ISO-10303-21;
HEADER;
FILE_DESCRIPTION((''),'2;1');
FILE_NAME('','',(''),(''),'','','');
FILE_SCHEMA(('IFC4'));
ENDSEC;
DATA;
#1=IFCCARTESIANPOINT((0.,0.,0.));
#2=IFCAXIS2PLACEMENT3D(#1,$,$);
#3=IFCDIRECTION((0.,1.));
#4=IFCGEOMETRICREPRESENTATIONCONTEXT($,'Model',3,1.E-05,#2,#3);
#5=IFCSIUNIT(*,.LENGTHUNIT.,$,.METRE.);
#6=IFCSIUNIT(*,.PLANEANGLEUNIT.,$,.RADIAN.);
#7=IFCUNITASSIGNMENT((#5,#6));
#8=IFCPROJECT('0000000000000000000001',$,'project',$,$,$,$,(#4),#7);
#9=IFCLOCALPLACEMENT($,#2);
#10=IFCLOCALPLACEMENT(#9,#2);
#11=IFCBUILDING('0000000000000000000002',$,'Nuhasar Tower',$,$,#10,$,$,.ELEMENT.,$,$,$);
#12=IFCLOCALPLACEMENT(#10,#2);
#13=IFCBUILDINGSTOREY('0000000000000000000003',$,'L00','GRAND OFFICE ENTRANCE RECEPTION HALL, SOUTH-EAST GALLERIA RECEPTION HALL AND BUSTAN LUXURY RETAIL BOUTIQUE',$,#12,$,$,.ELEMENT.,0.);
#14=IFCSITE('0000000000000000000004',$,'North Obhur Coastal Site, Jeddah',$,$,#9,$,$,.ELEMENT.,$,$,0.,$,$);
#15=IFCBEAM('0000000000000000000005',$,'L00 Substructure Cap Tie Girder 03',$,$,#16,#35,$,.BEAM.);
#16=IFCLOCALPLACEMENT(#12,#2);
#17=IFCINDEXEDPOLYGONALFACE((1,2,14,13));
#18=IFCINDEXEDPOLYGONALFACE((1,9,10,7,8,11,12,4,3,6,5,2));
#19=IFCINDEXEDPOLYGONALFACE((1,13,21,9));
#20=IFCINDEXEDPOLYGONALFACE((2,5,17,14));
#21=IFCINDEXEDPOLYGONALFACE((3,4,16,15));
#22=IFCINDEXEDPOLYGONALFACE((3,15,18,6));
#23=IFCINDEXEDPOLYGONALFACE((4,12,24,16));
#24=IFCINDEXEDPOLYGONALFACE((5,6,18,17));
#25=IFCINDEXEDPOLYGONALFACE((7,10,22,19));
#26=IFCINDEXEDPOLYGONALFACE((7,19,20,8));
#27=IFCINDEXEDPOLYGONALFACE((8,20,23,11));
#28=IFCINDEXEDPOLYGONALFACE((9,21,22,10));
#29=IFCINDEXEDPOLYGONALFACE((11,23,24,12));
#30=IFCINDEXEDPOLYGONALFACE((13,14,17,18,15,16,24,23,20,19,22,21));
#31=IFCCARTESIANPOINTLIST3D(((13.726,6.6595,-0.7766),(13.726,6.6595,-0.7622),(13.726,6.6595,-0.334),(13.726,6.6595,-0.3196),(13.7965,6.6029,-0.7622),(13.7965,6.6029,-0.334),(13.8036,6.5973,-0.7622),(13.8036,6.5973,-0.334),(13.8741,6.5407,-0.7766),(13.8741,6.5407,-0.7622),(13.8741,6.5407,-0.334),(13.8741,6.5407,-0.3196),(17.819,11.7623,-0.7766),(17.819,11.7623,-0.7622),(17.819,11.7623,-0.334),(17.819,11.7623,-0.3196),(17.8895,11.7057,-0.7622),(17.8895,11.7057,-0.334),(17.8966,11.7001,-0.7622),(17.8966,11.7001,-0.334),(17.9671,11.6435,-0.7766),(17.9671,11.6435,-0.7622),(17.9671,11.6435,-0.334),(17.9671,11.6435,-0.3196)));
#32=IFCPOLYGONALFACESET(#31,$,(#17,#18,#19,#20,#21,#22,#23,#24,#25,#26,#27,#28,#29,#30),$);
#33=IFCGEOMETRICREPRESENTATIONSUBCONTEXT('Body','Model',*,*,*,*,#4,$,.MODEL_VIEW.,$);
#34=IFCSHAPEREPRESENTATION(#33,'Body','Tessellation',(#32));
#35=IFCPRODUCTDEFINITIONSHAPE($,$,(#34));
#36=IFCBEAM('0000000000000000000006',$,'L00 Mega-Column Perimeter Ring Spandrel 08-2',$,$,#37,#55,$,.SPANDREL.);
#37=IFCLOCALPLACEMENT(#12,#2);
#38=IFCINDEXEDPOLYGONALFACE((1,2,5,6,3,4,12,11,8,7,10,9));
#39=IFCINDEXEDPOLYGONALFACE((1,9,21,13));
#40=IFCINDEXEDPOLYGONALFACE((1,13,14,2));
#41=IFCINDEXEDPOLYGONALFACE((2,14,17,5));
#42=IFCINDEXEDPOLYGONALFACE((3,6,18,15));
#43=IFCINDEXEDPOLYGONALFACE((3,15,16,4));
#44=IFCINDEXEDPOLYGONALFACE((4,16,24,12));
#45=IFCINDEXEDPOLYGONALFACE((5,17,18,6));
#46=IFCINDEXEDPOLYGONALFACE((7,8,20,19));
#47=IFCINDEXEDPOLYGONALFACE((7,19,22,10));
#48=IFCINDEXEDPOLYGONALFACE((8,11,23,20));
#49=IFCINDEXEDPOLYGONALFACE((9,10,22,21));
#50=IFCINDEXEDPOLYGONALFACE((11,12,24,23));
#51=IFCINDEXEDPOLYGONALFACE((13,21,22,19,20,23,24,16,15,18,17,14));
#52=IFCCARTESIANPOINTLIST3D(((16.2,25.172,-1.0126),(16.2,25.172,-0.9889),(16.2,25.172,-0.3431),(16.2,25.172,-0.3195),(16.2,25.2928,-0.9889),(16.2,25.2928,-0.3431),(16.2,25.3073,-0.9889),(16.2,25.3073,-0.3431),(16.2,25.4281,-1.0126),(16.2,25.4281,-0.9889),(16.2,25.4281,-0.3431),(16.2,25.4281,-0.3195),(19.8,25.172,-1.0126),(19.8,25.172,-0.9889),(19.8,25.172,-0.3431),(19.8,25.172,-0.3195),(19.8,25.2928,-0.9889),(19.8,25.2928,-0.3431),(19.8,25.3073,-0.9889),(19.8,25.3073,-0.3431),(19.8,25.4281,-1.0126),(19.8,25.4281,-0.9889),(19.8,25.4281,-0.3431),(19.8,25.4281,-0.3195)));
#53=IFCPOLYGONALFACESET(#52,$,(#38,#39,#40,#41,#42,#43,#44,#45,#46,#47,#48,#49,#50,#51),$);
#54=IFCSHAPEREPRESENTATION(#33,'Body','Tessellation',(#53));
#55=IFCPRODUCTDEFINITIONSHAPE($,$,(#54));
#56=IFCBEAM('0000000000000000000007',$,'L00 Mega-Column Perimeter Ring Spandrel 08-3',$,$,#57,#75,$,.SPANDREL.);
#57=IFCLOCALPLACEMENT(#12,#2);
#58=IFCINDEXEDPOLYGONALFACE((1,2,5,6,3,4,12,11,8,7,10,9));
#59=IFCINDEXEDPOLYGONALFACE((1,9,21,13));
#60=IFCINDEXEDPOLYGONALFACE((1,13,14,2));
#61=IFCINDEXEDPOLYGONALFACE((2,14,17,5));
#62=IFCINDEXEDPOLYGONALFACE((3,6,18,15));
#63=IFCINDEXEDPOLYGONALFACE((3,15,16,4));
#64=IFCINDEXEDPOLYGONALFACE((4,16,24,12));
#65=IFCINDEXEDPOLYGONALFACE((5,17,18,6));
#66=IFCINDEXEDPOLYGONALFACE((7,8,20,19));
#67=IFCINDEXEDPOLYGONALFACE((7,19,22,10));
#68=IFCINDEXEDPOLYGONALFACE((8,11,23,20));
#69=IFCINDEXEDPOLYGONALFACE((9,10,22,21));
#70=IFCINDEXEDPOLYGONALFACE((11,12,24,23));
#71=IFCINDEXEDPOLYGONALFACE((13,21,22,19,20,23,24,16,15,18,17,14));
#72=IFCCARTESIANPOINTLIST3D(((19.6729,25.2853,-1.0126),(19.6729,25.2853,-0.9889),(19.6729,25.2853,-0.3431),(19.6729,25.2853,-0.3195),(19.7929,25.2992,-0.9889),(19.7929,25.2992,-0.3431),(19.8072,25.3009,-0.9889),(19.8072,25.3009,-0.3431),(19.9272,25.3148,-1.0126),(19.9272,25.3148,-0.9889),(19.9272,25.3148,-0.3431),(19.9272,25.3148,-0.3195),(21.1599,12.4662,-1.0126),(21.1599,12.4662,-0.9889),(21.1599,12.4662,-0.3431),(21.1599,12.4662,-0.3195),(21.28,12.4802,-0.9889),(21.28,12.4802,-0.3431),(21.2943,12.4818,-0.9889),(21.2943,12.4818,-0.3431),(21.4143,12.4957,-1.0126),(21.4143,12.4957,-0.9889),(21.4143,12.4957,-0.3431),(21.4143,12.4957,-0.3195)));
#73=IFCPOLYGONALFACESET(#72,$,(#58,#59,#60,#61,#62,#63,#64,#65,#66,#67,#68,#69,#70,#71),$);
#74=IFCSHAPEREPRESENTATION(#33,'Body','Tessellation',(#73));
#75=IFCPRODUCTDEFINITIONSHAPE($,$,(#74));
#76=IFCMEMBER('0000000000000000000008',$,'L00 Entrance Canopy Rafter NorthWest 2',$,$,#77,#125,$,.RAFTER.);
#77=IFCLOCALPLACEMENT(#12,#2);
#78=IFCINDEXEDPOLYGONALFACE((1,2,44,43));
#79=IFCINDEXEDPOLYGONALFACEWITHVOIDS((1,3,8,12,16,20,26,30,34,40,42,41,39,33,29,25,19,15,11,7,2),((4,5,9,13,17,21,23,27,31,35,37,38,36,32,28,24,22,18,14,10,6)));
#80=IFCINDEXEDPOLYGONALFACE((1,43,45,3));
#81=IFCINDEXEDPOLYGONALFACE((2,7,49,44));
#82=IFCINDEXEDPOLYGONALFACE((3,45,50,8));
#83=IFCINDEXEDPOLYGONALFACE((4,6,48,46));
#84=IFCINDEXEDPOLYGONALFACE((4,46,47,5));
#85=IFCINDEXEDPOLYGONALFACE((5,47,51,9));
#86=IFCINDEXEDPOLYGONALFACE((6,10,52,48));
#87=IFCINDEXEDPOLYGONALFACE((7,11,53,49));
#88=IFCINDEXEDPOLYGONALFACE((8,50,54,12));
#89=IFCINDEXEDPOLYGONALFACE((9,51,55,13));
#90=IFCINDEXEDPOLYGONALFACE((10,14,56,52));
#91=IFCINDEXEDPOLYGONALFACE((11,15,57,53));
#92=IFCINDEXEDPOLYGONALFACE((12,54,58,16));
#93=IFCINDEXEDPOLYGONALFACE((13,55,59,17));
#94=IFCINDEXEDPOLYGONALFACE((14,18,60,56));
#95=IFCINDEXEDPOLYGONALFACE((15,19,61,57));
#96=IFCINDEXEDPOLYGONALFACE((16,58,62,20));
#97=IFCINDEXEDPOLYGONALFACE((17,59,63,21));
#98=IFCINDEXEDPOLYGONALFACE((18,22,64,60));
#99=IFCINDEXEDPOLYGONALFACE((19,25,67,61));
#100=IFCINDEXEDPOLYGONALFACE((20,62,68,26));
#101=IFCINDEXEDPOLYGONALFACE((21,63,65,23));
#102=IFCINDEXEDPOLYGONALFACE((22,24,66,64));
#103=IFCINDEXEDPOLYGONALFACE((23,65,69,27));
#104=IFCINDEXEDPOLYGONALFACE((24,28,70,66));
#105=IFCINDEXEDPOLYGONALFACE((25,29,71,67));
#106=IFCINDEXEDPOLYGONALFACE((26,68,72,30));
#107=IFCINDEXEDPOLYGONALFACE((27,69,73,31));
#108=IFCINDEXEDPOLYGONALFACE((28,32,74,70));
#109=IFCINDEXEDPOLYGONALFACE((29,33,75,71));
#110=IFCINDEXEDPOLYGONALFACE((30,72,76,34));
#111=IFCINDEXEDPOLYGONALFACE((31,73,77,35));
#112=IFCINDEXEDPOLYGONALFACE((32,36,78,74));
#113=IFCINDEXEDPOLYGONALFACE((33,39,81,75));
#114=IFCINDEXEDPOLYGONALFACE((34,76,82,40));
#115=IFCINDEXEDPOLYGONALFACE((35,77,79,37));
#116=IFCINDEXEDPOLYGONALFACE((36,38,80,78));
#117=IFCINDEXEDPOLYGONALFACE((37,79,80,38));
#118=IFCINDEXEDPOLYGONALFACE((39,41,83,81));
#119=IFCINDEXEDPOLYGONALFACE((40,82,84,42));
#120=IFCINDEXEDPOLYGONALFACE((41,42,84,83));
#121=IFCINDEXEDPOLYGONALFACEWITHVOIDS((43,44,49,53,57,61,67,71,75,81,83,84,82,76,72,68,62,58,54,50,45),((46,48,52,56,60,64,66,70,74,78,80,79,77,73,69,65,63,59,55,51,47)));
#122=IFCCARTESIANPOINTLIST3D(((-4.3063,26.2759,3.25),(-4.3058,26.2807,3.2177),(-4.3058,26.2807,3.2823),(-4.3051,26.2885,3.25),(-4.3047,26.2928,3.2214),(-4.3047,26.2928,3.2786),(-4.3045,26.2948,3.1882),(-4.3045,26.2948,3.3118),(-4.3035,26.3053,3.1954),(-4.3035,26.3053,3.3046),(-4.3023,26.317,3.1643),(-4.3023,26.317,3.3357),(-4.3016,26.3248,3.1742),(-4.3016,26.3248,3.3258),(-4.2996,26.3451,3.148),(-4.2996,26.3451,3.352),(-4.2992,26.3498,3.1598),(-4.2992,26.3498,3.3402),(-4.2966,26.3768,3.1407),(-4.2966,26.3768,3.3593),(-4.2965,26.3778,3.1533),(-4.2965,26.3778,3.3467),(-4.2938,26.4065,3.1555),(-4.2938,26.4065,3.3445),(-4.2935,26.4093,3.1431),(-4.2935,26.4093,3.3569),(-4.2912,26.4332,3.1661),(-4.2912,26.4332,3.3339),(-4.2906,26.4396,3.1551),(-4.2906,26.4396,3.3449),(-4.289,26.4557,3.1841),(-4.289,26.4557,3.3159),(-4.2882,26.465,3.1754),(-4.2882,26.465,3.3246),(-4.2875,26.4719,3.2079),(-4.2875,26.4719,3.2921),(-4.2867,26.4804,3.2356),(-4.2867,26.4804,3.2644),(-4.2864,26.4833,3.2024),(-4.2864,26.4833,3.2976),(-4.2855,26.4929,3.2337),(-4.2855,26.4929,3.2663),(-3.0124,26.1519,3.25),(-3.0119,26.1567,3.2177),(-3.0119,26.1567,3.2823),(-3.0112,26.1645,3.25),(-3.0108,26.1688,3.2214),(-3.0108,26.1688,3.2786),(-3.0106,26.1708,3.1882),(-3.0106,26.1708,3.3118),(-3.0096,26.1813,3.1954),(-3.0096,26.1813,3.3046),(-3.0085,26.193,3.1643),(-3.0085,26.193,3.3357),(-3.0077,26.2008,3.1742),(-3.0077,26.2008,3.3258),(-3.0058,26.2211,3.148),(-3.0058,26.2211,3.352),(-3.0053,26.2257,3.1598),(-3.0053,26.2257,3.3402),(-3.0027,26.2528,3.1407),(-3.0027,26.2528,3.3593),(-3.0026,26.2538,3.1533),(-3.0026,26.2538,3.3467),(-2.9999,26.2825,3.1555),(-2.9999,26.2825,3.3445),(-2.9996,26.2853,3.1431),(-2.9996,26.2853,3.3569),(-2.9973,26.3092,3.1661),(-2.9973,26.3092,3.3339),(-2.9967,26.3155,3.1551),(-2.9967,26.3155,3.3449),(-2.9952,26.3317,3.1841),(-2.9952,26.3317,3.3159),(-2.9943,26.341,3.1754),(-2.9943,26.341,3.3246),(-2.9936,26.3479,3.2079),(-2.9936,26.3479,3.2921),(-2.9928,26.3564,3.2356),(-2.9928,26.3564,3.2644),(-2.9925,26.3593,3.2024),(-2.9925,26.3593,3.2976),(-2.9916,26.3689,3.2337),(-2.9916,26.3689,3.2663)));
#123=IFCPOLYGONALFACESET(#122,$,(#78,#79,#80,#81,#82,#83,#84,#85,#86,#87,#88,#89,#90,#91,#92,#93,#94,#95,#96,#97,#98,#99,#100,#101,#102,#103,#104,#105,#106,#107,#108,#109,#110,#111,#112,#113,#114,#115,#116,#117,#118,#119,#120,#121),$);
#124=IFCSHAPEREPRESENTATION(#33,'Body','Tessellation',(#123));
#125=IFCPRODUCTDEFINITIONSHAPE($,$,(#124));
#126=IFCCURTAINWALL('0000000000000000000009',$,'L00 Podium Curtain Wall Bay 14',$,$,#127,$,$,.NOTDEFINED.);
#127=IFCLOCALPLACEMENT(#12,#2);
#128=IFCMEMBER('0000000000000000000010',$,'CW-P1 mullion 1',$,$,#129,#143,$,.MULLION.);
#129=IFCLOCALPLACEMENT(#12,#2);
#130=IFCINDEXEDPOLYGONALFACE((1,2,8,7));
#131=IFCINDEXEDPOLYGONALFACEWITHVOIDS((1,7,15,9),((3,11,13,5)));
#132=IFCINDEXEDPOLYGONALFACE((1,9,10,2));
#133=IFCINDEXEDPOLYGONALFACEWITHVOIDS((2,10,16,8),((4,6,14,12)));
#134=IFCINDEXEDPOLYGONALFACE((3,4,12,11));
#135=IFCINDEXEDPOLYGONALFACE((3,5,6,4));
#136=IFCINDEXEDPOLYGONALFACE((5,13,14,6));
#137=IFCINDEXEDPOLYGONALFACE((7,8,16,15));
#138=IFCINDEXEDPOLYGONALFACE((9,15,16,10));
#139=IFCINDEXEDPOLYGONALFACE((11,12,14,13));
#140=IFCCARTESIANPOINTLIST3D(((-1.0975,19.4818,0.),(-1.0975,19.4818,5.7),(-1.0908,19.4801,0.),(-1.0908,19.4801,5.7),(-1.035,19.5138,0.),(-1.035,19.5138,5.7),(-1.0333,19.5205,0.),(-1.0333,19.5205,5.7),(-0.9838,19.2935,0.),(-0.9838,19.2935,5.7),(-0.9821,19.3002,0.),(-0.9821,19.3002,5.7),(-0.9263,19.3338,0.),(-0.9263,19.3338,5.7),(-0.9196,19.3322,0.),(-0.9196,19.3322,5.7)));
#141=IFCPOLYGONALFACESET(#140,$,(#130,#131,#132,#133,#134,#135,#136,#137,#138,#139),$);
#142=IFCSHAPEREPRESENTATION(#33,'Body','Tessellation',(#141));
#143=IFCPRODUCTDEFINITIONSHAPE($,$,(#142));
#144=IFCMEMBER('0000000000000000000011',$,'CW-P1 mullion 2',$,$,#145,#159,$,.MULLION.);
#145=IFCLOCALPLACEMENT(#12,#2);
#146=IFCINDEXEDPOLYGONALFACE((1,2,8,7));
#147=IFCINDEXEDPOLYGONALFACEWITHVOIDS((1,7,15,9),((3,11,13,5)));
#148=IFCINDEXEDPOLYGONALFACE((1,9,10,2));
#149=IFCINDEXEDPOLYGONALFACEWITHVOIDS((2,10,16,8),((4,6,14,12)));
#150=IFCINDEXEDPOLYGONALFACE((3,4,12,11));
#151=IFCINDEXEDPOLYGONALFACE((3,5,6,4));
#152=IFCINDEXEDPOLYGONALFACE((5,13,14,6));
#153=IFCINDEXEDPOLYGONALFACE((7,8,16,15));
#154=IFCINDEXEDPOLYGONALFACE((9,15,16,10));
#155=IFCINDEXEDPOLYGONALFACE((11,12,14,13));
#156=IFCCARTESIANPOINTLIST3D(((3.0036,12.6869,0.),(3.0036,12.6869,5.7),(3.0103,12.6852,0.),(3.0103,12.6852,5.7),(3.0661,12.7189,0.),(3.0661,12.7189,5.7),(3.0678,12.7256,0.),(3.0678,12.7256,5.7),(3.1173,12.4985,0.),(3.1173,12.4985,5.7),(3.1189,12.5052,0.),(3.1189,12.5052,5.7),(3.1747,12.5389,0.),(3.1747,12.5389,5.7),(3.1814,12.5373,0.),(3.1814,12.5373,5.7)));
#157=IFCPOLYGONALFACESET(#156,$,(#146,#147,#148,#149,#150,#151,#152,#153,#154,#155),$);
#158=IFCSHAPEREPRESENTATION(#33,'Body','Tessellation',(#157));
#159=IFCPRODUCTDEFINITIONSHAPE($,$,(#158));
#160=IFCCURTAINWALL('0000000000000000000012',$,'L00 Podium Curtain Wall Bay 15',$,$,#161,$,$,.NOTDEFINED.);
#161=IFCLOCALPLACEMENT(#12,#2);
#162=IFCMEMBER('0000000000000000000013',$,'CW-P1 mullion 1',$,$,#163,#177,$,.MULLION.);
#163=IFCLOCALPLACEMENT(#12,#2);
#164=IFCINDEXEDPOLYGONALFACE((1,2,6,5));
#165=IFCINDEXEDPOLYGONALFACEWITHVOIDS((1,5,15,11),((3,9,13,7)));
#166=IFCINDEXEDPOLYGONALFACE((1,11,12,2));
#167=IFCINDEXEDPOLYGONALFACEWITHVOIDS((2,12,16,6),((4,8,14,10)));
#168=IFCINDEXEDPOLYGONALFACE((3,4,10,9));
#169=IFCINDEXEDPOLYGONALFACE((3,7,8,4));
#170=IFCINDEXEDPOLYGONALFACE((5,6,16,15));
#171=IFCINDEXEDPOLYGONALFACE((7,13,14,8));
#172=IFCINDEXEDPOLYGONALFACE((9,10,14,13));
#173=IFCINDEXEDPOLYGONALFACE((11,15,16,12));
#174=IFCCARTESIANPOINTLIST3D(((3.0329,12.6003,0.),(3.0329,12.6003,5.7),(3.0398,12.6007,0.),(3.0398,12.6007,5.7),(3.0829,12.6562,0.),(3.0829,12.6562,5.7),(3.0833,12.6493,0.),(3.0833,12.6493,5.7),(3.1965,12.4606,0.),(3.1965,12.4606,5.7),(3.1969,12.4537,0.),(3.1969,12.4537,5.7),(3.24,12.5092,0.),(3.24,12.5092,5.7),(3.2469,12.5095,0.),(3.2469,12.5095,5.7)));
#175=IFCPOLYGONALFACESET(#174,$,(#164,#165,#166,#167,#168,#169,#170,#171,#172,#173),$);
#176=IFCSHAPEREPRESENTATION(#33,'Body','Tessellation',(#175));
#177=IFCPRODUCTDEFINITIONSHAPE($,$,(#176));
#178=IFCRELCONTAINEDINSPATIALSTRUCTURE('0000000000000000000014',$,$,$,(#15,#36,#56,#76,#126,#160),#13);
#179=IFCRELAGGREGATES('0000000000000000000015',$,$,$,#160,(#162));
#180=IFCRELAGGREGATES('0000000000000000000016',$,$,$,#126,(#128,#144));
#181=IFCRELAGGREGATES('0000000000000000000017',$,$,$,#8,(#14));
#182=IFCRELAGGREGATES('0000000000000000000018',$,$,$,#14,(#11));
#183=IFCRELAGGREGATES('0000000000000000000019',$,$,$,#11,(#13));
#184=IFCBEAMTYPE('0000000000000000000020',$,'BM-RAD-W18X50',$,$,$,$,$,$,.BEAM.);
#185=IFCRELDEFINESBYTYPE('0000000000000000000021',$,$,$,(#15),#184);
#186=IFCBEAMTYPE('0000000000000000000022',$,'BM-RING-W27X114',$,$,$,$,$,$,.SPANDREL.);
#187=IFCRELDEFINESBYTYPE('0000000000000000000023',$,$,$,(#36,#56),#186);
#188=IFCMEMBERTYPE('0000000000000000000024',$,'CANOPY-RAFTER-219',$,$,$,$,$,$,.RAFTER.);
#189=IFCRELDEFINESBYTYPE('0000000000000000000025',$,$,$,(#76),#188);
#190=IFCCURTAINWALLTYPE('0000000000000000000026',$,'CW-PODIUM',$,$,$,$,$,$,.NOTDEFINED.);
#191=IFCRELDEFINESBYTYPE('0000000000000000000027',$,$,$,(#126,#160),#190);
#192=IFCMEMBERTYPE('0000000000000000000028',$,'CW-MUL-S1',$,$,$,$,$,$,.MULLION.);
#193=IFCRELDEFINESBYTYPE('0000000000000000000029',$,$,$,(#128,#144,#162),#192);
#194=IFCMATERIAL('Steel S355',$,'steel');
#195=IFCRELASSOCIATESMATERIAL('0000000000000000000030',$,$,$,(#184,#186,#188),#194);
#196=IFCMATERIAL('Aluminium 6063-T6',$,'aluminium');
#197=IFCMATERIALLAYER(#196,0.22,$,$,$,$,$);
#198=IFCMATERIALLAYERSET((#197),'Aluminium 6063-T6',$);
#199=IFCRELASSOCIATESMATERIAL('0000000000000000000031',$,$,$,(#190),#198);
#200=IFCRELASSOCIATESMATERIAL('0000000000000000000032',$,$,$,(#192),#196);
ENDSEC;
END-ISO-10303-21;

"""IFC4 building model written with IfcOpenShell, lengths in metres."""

from ifc_helpers import new_model, si_unit, direction, frame, origin, origin_2d, place, context, subcontext, project, spatial, hollow_rectangle, hollow_circle, i_section, extrude, material, layer, layer_set, material_profile, profile_set, type_object, element, aggregate, save


model = new_model("IFC4")

# Units and contexts
model_context = context("Model", 3, precision=1e-05, world=origin(), true_north=direction((0.0, 1.0)))
body_context = subcontext(model_context, "Body", "Model", "MODEL_VIEW")
ifc_project = project(units=[si_unit("LENGTHUNIT", "METRE"), si_unit("PLANEANGLEUNIT", "RADIAN")], contexts=[model_context])

# Site, building, storey
site_placement = place(None, origin())
site = spatial("IfcSite", under=ifc_project, at=site_placement, Name="North Obhur Coastal Site, Jeddah", CompositionType="ELEMENT", RefElevation=0.0)
building_placement = place(site_placement, origin())
building = spatial("IfcBuilding", under=site, at=building_placement, Name="Nuhasar Tower", CompositionType="ELEMENT")
storey_placement = place(building_placement, origin())
storey = spatial("IfcBuildingStorey", under=building, at=storey_placement, Name="L00", Description="GRAND OFFICE ENTRANCE RECEPTION HALL, SOUTH-EAST GALLERIA RECEPTION HALL AND BUSTAN LUXURY RETAIL BOUTIQUE", CompositionType="ELEMENT", Elevation=0.0)

# Beams
ifc_material_1 = material(Name="Steel S355", Category="steel")
ifc_material_profile_1 = material_profile(ifc_material_1, i_section(OverallWidth=0.1899, OverallDepth=0.457, WebThickness=0.009, FlangeThickness=0.0144, at=origin_2d()), Name="W18X50")
ifc_profile_set_1 = profile_set([ifc_material_profile_1], Name="Steel S355")
beam_type_1 = type_object("IfcBeamType", Name="BM-RAD-W18X50", PredefinedType="BEAM", material=ifc_profile_set_1)
beam_1_placement = place(storey_placement, frame((17.8931, 11.7029, -0.5481), z_axis=(-0.6257, -0.780063, 0.0), x_axis=(0.780063, -0.6257, 0.0)))
element("IfcBeam", 1, at=beam_1_placement, inside=storey, type_object=beam_type_1, Name="L00 Substructure Cap Tie Girder 03", PredefinedType="BEAM", context=body_context, shape_type="SweptSolid", body=[
    extrude(i_section(OverallWidth=0.1899, OverallDepth=0.457, WebThickness=0.009, FlangeThickness=0.0144, at=origin_2d()), origin(), (0.0, 0.0, 1.0), 6.5415),
])
ifc_material_profile_2 = material_profile(ifc_material_1, i_section(OverallWidth=0.2561, OverallDepth=0.6931, WebThickness=0.0144, FlangeThickness=0.0237, at=origin_2d()), Name="W27X114")
ifc_profile_set_2 = profile_set([ifc_material_profile_2], Name="Steel S355")
beam_type_2 = type_object("IfcBeamType", Name="BM-RING-W27X114", PredefinedType="SPANDREL", material=ifc_profile_set_2)
beam_2_placement = place(storey_placement, frame((16.2, 25.3, -0.666), z_axis=(1.0, 0.0, 0.0), x_axis=(0.0, 1.0, 0.0)))
element("IfcBeam", 2, at=beam_2_placement, inside=storey, type_object=beam_type_2, Name="L00 Mega-Column Perimeter Ring Spandrel 08-2", PredefinedType="SPANDREL", context=body_context, shape_type="SweptSolid", body=[
    extrude(i_section(OverallWidth=0.2561, OverallDepth=0.6931, WebThickness=0.0144, FlangeThickness=0.0237, at=origin_2d()), origin(), (0.0, 0.0, 1.0), 3.6001),
])
beam_3_placement = place(storey_placement, frame((19.8, 25.3, -0.666), z_axis=(0.115231, -0.993339, 0.0), x_axis=(0.993339, 0.115231, 0.0)))
element("IfcBeam", 3, at=beam_3_placement, inside=storey, type_object=beam_type_2, Name="L00 Mega-Column Perimeter Ring Spandrel 08-3", PredefinedType="SPANDREL", context=body_context, shape_type="SweptSolid", body=[
    extrude(i_section(OverallWidth=0.2561, OverallDepth=0.6931, WebThickness=0.0144, FlangeThickness=0.0237, at=origin_2d()), origin(), (0.0, 0.0, 1.0), 12.905),
])

# Member
ifc_material_profile_3 = material_profile(ifc_material_1, hollow_circle(Radius=0.1096, WallThickness=0.0127, at=origin_2d()), Name="HSS219.1X12.7")
ifc_profile_set_3 = profile_set([ifc_material_profile_3], Name="Steel S355")
member_type_1 = type_object("IfcMemberType", Name="CANOPY-RAFTER-219", PredefinedType="RAFTER", material=ifc_profile_set_3)
member_1_placement = place(storey_placement, frame((-3.002, 26.261, 3.25), z_axis=(-0.995438, 0.095412, 0.0), x_axis=(-0.095412, -0.995438, 0.0)))
element("IfcMember", 4, at=member_1_placement, inside=storey, type_object=member_type_1, Name="L00 Entrance Canopy Rafter NorthWest 2", PredefinedType="RAFTER", context=body_context, shape_type="SweptSolid", body=[
    extrude(hollow_circle(Radius=0.1096, WallThickness=0.0127, at=origin_2d()), origin(), (0.0, 0.0, 1.0), 1.2998),
])

# Curtain wall, members
ifc_material_2 = material(Name="Aluminium 6063-T6", Category="aluminium")
ifc_layer_1 = layer(ifc_material_2, 0.22)
ifc_layer_set_1 = layer_set([ifc_layer_1], Name="Aluminium 6063-T6")
curtain_wall_type = type_object("IfcCurtainWallType", Name="CW-PODIUM", PredefinedType="NOTDEFINED", material=ifc_layer_set_1)
curtain_wall_1_placement = place(storey_placement, origin())
curtain_wall_1 = element("IfcCurtainWall", 5, at=curtain_wall_1_placement, inside=storey, type_object=curtain_wall_type, Name="L00 Podium Curtain Wall Bay 14", PredefinedType="NOTDEFINED")
ifc_material_profile_4 = material_profile(ifc_material_2, hollow_rectangle(XDim=0.075, YDim=0.22, WallThickness=0.0049, at=origin_2d()), Name="CWM-1")
ifc_profile_set_4 = profile_set([ifc_material_profile_4], Name="Aluminium 6063-T6")
member_type_2 = type_object("IfcMemberType", Name="CW-MUL-S1", PredefinedType="MULLION", material=ifc_profile_set_4)
member_2_placement = place(storey_placement, frame((-1.0085, 19.407, 0.0), z_axis=(0.0, 0.0, 1.0), x_axis=(0.856135, 0.516752, 0.0)))
member_2 = element("IfcMember", 6, at=member_2_placement, type_object=member_type_2, Name="CW-P1 mullion 1", PredefinedType="MULLION", context=body_context, shape_type="SweptSolid", body=[
    extrude(hollow_rectangle(XDim=0.075, YDim=0.22, WallThickness=0.0049, at=origin_2d()), origin(), (0.0, 0.0, 1.0), 5.7),
])
member_3_placement = place(storey_placement, frame((3.0925, 12.6121, 0.0), z_axis=(0.0, 0.0, 1.0), x_axis=(0.856135, 0.516752, 0.0)))
member_3 = element("IfcMember", 7, at=member_3_placement, type_object=member_type_2, Name="CW-P1 mullion 2", PredefinedType="MULLION", context=body_context, shape_type="SweptSolid", body=[
    extrude(hollow_rectangle(XDim=0.075, YDim=0.22, WallThickness=0.0049, at=origin_2d()), origin(), (0.0, 0.0, 1.0), 5.7),
])

# Curtain wall, member
curtain_wall_2_placement = place(storey_placement, origin())
curtain_wall_2 = element("IfcCurtainWall", 8, at=curtain_wall_2_placement, inside=storey, type_object=curtain_wall_type, Name="L00 Podium Curtain Wall Bay 15", PredefinedType="NOTDEFINED")
member_4_placement = place(storey_placement, frame((3.1399, 12.5549, 0.0), z_axis=(0.0, 0.0, 1.0), x_axis=(0.666679, 0.745345, 0.0)))
member_4 = element("IfcMember", 9, at=member_4_placement, type_object=member_type_2, Name="CW-P1 mullion 1", PredefinedType="MULLION", context=body_context, shape_type="SweptSolid", body=[
    extrude(hollow_rectangle(XDim=0.075, YDim=0.22, WallThickness=0.0049, at=origin_2d()), origin(), (0.0, 0.0, 1.0), 5.7),
])

aggregate(curtain_wall_2, [member_4])

aggregate(curtain_wall_1, [member_2, member_3])

save(model, "model.ifc")
